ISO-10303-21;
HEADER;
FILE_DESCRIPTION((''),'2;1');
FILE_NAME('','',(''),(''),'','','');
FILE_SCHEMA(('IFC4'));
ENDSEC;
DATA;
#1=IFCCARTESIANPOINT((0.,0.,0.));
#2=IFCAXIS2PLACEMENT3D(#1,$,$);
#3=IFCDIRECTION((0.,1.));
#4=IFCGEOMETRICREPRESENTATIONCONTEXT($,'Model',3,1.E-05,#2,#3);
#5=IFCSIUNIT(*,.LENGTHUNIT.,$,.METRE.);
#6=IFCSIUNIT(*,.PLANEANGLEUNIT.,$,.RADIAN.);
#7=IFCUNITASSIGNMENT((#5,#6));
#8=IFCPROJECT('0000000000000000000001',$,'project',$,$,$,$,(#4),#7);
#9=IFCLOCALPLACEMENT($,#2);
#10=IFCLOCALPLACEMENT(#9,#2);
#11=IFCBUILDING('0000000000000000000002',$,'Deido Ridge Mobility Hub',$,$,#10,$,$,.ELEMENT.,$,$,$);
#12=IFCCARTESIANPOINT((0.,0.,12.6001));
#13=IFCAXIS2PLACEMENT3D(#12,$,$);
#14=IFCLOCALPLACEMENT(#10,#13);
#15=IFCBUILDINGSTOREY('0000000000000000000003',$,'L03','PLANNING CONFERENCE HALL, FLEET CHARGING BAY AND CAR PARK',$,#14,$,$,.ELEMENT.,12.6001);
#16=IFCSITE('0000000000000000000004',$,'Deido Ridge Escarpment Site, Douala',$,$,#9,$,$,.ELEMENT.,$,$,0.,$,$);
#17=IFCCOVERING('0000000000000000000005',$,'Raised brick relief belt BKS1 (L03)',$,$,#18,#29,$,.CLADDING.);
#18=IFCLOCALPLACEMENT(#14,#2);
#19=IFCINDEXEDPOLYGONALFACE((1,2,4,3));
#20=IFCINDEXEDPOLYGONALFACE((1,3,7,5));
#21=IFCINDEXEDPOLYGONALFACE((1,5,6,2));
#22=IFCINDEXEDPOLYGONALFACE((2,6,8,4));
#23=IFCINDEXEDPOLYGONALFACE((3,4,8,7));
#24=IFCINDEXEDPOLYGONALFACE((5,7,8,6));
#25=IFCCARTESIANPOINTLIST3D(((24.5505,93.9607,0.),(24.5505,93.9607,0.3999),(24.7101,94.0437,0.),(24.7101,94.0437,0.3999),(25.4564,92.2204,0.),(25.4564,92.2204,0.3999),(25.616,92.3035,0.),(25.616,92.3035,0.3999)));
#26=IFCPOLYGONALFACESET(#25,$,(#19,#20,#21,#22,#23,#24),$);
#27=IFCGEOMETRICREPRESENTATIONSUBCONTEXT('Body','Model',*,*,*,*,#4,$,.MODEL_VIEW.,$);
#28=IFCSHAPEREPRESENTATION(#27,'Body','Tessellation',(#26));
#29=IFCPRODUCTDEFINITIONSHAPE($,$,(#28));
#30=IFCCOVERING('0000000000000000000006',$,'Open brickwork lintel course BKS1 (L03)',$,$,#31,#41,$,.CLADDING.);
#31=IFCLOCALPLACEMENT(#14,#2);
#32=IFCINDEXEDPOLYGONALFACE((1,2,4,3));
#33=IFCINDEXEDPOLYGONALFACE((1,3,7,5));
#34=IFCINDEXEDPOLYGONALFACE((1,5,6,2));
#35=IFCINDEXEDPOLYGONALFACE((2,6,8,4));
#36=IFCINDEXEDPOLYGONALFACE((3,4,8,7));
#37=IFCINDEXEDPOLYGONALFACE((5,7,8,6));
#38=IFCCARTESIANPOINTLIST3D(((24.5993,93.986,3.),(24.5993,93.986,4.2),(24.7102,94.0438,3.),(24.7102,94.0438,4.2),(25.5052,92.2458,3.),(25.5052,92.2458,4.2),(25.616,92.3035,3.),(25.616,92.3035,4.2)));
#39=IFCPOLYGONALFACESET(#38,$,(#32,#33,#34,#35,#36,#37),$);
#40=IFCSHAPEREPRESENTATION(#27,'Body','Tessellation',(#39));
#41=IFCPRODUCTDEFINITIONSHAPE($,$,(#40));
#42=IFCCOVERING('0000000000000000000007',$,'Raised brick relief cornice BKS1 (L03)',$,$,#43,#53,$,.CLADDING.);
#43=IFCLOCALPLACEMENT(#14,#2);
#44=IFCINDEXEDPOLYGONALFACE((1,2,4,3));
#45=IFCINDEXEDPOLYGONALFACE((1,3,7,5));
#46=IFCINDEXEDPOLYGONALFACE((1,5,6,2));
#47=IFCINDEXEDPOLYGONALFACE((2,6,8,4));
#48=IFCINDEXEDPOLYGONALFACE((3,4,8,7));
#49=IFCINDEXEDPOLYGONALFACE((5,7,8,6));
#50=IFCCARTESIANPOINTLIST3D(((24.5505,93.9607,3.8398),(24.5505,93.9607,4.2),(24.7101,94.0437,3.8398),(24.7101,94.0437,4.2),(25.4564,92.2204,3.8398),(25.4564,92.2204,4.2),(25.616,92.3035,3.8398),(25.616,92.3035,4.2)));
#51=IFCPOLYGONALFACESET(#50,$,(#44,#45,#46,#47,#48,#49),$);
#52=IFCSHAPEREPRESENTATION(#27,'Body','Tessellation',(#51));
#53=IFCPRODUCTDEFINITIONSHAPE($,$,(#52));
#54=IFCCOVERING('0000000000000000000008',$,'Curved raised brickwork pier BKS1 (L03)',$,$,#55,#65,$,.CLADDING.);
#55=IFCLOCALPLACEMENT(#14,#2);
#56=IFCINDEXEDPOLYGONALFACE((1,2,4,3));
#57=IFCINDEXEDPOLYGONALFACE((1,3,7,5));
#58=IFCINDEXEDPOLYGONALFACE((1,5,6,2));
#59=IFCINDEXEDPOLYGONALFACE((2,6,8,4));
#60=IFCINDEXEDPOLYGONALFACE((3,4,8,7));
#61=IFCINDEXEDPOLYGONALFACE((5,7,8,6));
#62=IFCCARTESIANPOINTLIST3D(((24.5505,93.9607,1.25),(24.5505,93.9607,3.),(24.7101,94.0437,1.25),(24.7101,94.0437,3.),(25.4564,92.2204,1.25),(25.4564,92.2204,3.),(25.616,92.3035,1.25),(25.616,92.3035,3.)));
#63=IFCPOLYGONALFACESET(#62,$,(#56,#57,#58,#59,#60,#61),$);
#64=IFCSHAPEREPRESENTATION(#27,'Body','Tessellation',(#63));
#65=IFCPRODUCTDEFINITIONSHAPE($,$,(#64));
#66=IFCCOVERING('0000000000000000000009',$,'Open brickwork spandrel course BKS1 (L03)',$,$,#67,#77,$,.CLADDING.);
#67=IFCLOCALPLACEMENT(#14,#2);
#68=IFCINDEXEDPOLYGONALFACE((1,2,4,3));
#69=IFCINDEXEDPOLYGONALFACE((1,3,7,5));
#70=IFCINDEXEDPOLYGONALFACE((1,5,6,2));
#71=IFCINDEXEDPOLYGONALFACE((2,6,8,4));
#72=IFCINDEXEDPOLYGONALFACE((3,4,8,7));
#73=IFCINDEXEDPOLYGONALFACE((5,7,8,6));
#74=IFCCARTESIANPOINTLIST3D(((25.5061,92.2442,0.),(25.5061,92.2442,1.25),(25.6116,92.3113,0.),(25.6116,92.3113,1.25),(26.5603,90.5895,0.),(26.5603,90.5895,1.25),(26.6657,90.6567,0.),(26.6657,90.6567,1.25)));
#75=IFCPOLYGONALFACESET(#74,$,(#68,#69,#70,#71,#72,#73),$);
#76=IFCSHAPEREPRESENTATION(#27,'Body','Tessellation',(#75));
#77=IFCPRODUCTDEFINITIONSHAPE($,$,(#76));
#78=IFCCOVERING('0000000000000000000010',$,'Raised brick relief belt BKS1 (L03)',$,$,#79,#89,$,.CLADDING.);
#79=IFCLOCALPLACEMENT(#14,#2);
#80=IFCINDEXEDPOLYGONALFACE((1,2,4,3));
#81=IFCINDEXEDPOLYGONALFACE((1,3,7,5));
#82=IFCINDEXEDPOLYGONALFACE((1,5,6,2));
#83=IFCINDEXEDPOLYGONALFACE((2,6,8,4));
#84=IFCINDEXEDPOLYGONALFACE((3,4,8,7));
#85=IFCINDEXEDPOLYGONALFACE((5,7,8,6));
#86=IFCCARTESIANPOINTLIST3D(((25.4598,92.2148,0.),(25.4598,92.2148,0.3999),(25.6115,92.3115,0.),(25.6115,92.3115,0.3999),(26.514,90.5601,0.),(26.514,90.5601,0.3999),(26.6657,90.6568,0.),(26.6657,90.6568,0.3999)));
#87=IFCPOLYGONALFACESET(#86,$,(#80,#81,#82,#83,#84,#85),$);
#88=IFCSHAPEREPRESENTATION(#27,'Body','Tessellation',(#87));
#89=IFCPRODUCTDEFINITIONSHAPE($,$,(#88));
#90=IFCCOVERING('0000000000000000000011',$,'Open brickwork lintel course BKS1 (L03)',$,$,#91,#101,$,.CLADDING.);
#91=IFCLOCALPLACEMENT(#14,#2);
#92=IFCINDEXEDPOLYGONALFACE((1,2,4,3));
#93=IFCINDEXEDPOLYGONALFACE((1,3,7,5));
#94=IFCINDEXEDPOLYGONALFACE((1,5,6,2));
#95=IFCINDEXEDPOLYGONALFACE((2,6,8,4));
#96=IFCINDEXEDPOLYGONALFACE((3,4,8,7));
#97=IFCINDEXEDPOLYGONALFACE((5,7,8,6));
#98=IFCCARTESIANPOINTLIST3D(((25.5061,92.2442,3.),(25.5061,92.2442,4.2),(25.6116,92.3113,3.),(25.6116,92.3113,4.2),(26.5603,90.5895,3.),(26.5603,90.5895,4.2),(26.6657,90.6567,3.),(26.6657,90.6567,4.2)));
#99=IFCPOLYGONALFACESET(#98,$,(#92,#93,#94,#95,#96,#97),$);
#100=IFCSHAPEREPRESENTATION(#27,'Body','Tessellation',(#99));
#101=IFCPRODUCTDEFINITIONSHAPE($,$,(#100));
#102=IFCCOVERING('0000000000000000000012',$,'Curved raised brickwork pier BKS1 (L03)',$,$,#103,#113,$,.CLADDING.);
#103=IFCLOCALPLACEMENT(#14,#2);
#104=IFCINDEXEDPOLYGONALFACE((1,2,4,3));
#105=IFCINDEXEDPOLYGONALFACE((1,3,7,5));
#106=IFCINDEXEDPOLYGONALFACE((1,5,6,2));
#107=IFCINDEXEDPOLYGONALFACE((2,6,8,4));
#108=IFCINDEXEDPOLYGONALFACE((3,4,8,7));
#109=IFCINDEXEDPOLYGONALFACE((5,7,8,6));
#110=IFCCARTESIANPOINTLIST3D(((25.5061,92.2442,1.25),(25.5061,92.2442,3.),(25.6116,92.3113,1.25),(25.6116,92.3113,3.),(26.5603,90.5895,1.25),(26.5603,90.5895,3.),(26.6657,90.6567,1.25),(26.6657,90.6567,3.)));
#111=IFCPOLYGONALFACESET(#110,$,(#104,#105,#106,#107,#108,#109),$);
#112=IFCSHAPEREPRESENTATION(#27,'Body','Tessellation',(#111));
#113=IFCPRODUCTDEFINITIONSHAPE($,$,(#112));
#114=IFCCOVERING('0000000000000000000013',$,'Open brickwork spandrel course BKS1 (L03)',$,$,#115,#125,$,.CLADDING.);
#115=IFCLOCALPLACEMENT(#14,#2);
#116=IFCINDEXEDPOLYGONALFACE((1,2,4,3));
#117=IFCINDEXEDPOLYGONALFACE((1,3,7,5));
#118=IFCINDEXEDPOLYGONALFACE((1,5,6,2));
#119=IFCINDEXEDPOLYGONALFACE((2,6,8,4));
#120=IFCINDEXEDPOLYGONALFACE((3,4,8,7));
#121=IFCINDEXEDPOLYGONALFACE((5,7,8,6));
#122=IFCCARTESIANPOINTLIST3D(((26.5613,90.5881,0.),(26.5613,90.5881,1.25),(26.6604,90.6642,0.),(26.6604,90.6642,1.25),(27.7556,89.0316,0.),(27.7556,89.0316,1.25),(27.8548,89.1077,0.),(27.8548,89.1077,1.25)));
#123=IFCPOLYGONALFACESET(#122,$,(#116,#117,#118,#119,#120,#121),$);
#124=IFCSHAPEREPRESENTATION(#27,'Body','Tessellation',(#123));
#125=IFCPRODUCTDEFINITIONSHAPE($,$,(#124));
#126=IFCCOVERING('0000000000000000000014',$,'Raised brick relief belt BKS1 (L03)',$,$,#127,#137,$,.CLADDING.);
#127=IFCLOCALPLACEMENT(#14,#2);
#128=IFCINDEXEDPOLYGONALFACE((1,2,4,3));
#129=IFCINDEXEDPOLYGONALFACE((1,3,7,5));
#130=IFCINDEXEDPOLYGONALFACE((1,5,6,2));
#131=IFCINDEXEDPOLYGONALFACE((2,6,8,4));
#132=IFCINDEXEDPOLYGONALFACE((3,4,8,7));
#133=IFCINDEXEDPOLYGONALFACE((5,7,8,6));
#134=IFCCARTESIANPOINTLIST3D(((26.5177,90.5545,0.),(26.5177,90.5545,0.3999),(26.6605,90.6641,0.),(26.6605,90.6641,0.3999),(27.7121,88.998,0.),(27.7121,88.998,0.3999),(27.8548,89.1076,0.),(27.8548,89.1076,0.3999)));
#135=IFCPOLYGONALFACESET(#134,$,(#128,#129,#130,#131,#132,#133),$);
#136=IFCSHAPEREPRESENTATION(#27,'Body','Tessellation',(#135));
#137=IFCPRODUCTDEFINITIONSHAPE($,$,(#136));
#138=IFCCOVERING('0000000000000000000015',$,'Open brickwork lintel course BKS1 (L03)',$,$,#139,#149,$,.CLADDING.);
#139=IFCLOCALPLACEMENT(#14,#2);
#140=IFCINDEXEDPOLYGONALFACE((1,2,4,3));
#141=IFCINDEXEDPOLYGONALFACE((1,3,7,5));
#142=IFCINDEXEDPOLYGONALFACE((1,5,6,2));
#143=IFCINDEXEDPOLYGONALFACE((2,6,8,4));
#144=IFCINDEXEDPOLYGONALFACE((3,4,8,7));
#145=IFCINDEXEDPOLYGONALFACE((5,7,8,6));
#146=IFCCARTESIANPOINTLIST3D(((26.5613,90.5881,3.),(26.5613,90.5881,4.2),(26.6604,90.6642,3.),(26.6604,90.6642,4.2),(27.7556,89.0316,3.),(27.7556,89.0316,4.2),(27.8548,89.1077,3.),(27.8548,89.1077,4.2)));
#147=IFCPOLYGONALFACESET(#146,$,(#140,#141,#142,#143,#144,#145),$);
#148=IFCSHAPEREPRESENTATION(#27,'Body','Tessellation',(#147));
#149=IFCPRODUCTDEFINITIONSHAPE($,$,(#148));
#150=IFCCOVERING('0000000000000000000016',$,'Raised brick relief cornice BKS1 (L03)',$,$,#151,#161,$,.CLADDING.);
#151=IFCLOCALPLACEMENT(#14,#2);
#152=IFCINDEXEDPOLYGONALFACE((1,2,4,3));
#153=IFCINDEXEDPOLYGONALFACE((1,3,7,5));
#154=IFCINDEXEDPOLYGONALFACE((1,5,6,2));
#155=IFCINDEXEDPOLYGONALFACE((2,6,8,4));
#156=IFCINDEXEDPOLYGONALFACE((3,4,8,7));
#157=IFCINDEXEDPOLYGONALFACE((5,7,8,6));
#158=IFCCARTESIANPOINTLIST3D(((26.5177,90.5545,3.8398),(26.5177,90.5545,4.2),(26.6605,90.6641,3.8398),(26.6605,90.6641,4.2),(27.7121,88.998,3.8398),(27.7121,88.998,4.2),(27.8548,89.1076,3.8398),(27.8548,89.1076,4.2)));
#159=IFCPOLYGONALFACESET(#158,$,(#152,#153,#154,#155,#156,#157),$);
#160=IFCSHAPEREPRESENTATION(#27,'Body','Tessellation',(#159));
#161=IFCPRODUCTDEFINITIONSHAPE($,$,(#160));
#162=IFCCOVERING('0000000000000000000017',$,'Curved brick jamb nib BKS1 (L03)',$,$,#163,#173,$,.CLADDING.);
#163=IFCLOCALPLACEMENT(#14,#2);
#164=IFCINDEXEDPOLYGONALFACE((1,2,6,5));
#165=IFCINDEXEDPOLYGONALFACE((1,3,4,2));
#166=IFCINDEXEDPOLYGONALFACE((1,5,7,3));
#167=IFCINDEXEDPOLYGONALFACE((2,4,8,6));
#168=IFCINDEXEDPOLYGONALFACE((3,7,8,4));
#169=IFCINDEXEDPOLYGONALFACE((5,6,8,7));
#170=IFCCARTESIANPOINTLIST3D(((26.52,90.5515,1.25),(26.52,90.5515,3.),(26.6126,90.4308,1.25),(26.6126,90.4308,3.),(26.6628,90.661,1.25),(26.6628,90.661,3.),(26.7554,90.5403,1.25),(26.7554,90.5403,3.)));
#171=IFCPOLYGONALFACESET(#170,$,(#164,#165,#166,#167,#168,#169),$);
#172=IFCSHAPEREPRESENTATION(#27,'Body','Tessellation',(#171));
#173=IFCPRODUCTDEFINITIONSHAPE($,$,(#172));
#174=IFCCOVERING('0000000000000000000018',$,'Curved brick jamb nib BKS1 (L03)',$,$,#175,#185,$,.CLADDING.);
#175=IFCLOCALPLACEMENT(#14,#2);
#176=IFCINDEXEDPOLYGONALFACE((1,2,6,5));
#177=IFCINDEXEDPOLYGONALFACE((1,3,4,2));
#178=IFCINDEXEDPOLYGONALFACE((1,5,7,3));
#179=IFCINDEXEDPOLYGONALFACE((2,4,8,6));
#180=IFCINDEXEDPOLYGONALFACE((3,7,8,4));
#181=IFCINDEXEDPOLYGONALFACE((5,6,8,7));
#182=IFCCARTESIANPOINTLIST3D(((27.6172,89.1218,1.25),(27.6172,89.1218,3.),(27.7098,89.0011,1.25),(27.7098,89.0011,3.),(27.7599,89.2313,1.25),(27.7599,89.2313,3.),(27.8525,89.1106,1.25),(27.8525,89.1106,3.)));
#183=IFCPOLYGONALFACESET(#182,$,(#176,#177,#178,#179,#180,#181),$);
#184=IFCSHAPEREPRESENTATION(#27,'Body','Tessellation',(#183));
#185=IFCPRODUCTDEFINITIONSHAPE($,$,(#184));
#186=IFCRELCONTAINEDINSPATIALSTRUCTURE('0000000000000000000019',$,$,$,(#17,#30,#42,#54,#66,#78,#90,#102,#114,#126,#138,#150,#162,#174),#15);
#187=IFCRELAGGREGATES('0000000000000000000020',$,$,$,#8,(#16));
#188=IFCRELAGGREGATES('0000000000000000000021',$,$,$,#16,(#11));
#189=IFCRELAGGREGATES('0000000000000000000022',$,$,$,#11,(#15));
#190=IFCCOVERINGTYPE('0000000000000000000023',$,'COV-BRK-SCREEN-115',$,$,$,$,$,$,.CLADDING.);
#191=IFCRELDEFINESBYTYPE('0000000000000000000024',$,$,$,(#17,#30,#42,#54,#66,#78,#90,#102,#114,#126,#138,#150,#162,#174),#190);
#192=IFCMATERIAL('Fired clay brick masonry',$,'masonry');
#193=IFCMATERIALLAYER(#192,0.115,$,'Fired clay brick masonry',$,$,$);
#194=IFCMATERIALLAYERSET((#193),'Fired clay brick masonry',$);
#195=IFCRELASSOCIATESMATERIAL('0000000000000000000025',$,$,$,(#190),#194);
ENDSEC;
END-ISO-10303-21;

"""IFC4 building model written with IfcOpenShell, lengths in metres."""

from ifc_helpers import new_model, si_unit, direction, frame, origin, origin_2d, place, context, subcontext, project, spatial, rectangle, extrude, material, layer, layer_set, type_object, element, save


model = new_model("IFC4")

# Units and contexts
model_context = context("Model", 3, precision=1e-05, world=origin(), true_north=direction((0.0, 1.0)))
body_context = subcontext(model_context, "Body", "Model", "MODEL_VIEW")
ifc_project = project(units=[si_unit("LENGTHUNIT", "METRE"), si_unit("PLANEANGLEUNIT", "RADIAN")], contexts=[model_context])

# Site, building, storey
site_placement = place(None, origin())
site = spatial("IfcSite", under=ifc_project, at=site_placement, Name="Deido Ridge Escarpment Site, Douala", CompositionType="ELEMENT", RefElevation=0.0)
building_placement = place(site_placement, origin())
building = spatial("IfcBuilding", under=site, at=building_placement, Name="Deido Ridge Mobility Hub", CompositionType="ELEMENT")
storey_placement = place(building_placement, frame((0.0, 0.0, 12.6001)))
storey = spatial("IfcBuildingStorey", under=building, at=storey_placement, Name="L03", Description="PLANNING CONFERENCE HALL, FLEET CHARGING BAY AND CAR PARK", CompositionType="ELEMENT", Elevation=12.6001)

# Coverings
ifc_material_1 = material(Name="Fired clay brick masonry", Category="masonry")
ifc_layer = layer(ifc_material_1, 0.115, Name="Fired clay brick masonry")
ifc_layer_set = layer_set([ifc_layer], Name="Fired clay brick masonry")
covering_type = type_object("IfcCoveringType", Name="COV-BRK-SCREEN-115", PredefinedType="CLADDING", material=ifc_layer_set)
covering_1_placement = place(storey_placement, frame((25.0833, 93.1321, 0.0), z_axis=(0.0, 0.0, 1.0), x_axis=(0.461733, -0.887019, 0.0)))
element("IfcCovering", 1, at=covering_1_placement, inside=storey, type_object=covering_type, Name="Raised brick relief belt BKS1 (L03)", PredefinedType="CLADDING", context=body_context, shape_type="SweptSolid", body=[
    extrude(rectangle(XDim=1.9619, YDim=0.1799, at=origin_2d()), origin(), (0.0, 0.0, 1.0), 0.3999),
])
covering_2_placement = place(storey_placement, frame((25.1077, 93.1448, 3.0), z_axis=(0.0, 0.0, 1.0), x_axis=(0.461733, -0.887019, 0.0)))
element("IfcCovering", 2, at=covering_2_placement, inside=storey, type_object=covering_type, Name="Open brickwork lintel course BKS1 (L03)", PredefinedType="CLADDING", context=body_context, shape_type="SweptSolid", body=[
    extrude(rectangle(XDim=1.9619, YDim=0.125, at=origin_2d()), origin(), (0.0, 0.0, 1.0), 1.2),
])
covering_3_placement = place(storey_placement, frame((25.0833, 93.1321, 3.8398), z_axis=(0.0, 0.0, 1.0), x_axis=(0.461733, -0.887019, 0.0)))
element("IfcCovering", 3, at=covering_3_placement, inside=storey, type_object=covering_type, Name="Raised brick relief cornice BKS1 (L03)", PredefinedType="CLADDING", context=body_context, shape_type="SweptSolid", body=[
    extrude(rectangle(XDim=1.9619, YDim=0.1799, at=origin_2d()), origin(), (0.0, 0.0, 1.0), 0.3601),
])
covering_4_placement = place(storey_placement, frame((25.0833, 93.1321, 1.25), z_axis=(0.0, 0.0, 1.0), x_axis=(0.461733, -0.887019, 0.0)))
element("IfcCovering", 4, at=covering_4_placement, inside=storey, type_object=covering_type, Name="Curved raised brickwork pier BKS1 (L03)", PredefinedType="CLADDING", context=body_context, shape_type="SweptSolid", body=[
    extrude(rectangle(XDim=1.9619, YDim=0.1799, at=origin_2d()), origin(), (0.0, 0.0, 1.0), 1.75),
])
covering_5_placement = place(storey_placement, frame((26.0859, 91.4504, 0.0), z_axis=(0.0, 0.0, 1.0), x_axis=(0.537314, -0.843382, 0.0)))
element("IfcCovering", 5, at=covering_5_placement, inside=storey, type_object=covering_type, Name="Open brickwork spandrel course BKS1 (L03)", PredefinedType="CLADDING", context=body_context, shape_type="SweptSolid", body=[
    extrude(rectangle(XDim=1.9619, YDim=0.125, at=origin_2d()), origin(), (0.0, 0.0, 1.0), 1.25),
])
covering_6_placement = place(storey_placement, frame((26.0627, 91.4358, 0.0), z_axis=(0.0, 0.0, 1.0), x_axis=(0.537314, -0.843382, 0.0)))
element("IfcCovering", 6, at=covering_6_placement, inside=storey, type_object=covering_type, Name="Raised brick relief belt BKS1 (L03)", PredefinedType="CLADDING", context=body_context, shape_type="SweptSolid", body=[
    extrude(rectangle(XDim=1.9619, YDim=0.1799, at=origin_2d()), origin(), (0.0, 0.0, 1.0), 0.3999),
])
covering_7_placement = place(storey_placement, frame((26.0859, 91.4504, 3.0), z_axis=(0.0, 0.0, 1.0), x_axis=(0.537314, -0.843382, 0.0)))
element("IfcCovering", 7, at=covering_7_placement, inside=storey, type_object=covering_type, Name="Open brickwork lintel course BKS1 (L03)", PredefinedType="CLADDING", context=body_context, shape_type="SweptSolid", body=[
    extrude(rectangle(XDim=1.9619, YDim=0.125, at=origin_2d()), origin(), (0.0, 0.0, 1.0), 1.2),
])
covering_8_placement = place(storey_placement, frame((26.0859, 91.4504, 1.25), z_axis=(0.0, 0.0, 1.0), x_axis=(0.537314, -0.843382, 0.0)))
element("IfcCovering", 8, at=covering_8_placement, inside=storey, type_object=covering_type, Name="Curved raised brickwork pier BKS1 (L03)", PredefinedType="CLADDING", context=body_context, shape_type="SweptSolid", body=[
    extrude(rectangle(XDim=1.9619, YDim=0.125, at=origin_2d()), origin(), (0.0, 0.0, 1.0), 1.75),
])
covering_9_placement = place(storey_placement, frame((27.208, 89.8479, 0.0), z_axis=(0.0, 0.0, 1.0), x_axis=(0.608761, -0.793353, 0.0)))
element("IfcCovering", 9, at=covering_9_placement, inside=storey, type_object=covering_type, Name="Open brickwork spandrel course BKS1 (L03)", PredefinedType="CLADDING", context=body_context, shape_type="SweptSolid", body=[
    extrude(rectangle(XDim=1.9619, YDim=0.125, at=origin_2d()), origin(), (0.0, 0.0, 1.0), 1.25),
])
covering_10_placement = place(storey_placement, frame((27.1863, 89.8311, 0.0), z_axis=(0.0, 0.0, 1.0), x_axis=(0.608761, -0.793353, 0.0)))
element("IfcCovering", 10, at=covering_10_placement, inside=storey, type_object=covering_type, Name="Raised brick relief belt BKS1 (L03)", PredefinedType="CLADDING", context=body_context, shape_type="SweptSolid", body=[
    extrude(rectangle(XDim=1.9619, YDim=0.1799, at=origin_2d()), origin(), (0.0, 0.0, 1.0), 0.3999),
])
covering_11_placement = place(storey_placement, frame((27.208, 89.8479, 3.0), z_axis=(0.0, 0.0, 1.0), x_axis=(0.608761, -0.793353, 0.0)))
element("IfcCovering", 11, at=covering_11_placement, inside=storey, type_object=covering_type, Name="Open brickwork lintel course BKS1 (L03)", PredefinedType="CLADDING", context=body_context, shape_type="SweptSolid", body=[
    extrude(rectangle(XDim=1.9619, YDim=0.125, at=origin_2d()), origin(), (0.0, 0.0, 1.0), 1.2),
])
covering_12_placement = place(storey_placement, frame((27.1863, 89.8311, 3.8398), z_axis=(0.0, 0.0, 1.0), x_axis=(0.608761, -0.793353, 0.0)))
element("IfcCovering", 12, at=covering_12_placement, inside=storey, type_object=covering_type, Name="Raised brick relief cornice BKS1 (L03)", PredefinedType="CLADDING", context=body_context, shape_type="SweptSolid", body=[
    extrude(rectangle(XDim=1.9619, YDim=0.1799, at=origin_2d()), origin(), (0.0, 0.0, 1.0), 0.3601),
])
for number, where, z_axis, x_axis, name in (
    (13, (26.6377, 90.5459, 1.25), (0.0, 0.0, 1.0), (0.608761, -0.793353, 0.0), "Curved brick jamb nib BKS1 (L03)"),
    (14, (27.7349, 89.1162, 1.25), (0.0, 0.0, 1.0), (0.608761, -0.793353, 0.0), "Curved brick jamb nib BKS1 (L03)"),
):
    element("IfcCovering", number, at=place(storey_placement, frame(where, z_axis=z_axis, x_axis=x_axis)), inside=storey, type_object=covering_type, Name=name, PredefinedType="CLADDING", context=body_context, shape_type="SweptSolid", body=[
        extrude(rectangle(XDim=0.1521, YDim=0.1799, at=origin_2d()), origin(), (0.0, 0.0, 1.0), 1.75),
    ])

save(model, "model.ifc")
